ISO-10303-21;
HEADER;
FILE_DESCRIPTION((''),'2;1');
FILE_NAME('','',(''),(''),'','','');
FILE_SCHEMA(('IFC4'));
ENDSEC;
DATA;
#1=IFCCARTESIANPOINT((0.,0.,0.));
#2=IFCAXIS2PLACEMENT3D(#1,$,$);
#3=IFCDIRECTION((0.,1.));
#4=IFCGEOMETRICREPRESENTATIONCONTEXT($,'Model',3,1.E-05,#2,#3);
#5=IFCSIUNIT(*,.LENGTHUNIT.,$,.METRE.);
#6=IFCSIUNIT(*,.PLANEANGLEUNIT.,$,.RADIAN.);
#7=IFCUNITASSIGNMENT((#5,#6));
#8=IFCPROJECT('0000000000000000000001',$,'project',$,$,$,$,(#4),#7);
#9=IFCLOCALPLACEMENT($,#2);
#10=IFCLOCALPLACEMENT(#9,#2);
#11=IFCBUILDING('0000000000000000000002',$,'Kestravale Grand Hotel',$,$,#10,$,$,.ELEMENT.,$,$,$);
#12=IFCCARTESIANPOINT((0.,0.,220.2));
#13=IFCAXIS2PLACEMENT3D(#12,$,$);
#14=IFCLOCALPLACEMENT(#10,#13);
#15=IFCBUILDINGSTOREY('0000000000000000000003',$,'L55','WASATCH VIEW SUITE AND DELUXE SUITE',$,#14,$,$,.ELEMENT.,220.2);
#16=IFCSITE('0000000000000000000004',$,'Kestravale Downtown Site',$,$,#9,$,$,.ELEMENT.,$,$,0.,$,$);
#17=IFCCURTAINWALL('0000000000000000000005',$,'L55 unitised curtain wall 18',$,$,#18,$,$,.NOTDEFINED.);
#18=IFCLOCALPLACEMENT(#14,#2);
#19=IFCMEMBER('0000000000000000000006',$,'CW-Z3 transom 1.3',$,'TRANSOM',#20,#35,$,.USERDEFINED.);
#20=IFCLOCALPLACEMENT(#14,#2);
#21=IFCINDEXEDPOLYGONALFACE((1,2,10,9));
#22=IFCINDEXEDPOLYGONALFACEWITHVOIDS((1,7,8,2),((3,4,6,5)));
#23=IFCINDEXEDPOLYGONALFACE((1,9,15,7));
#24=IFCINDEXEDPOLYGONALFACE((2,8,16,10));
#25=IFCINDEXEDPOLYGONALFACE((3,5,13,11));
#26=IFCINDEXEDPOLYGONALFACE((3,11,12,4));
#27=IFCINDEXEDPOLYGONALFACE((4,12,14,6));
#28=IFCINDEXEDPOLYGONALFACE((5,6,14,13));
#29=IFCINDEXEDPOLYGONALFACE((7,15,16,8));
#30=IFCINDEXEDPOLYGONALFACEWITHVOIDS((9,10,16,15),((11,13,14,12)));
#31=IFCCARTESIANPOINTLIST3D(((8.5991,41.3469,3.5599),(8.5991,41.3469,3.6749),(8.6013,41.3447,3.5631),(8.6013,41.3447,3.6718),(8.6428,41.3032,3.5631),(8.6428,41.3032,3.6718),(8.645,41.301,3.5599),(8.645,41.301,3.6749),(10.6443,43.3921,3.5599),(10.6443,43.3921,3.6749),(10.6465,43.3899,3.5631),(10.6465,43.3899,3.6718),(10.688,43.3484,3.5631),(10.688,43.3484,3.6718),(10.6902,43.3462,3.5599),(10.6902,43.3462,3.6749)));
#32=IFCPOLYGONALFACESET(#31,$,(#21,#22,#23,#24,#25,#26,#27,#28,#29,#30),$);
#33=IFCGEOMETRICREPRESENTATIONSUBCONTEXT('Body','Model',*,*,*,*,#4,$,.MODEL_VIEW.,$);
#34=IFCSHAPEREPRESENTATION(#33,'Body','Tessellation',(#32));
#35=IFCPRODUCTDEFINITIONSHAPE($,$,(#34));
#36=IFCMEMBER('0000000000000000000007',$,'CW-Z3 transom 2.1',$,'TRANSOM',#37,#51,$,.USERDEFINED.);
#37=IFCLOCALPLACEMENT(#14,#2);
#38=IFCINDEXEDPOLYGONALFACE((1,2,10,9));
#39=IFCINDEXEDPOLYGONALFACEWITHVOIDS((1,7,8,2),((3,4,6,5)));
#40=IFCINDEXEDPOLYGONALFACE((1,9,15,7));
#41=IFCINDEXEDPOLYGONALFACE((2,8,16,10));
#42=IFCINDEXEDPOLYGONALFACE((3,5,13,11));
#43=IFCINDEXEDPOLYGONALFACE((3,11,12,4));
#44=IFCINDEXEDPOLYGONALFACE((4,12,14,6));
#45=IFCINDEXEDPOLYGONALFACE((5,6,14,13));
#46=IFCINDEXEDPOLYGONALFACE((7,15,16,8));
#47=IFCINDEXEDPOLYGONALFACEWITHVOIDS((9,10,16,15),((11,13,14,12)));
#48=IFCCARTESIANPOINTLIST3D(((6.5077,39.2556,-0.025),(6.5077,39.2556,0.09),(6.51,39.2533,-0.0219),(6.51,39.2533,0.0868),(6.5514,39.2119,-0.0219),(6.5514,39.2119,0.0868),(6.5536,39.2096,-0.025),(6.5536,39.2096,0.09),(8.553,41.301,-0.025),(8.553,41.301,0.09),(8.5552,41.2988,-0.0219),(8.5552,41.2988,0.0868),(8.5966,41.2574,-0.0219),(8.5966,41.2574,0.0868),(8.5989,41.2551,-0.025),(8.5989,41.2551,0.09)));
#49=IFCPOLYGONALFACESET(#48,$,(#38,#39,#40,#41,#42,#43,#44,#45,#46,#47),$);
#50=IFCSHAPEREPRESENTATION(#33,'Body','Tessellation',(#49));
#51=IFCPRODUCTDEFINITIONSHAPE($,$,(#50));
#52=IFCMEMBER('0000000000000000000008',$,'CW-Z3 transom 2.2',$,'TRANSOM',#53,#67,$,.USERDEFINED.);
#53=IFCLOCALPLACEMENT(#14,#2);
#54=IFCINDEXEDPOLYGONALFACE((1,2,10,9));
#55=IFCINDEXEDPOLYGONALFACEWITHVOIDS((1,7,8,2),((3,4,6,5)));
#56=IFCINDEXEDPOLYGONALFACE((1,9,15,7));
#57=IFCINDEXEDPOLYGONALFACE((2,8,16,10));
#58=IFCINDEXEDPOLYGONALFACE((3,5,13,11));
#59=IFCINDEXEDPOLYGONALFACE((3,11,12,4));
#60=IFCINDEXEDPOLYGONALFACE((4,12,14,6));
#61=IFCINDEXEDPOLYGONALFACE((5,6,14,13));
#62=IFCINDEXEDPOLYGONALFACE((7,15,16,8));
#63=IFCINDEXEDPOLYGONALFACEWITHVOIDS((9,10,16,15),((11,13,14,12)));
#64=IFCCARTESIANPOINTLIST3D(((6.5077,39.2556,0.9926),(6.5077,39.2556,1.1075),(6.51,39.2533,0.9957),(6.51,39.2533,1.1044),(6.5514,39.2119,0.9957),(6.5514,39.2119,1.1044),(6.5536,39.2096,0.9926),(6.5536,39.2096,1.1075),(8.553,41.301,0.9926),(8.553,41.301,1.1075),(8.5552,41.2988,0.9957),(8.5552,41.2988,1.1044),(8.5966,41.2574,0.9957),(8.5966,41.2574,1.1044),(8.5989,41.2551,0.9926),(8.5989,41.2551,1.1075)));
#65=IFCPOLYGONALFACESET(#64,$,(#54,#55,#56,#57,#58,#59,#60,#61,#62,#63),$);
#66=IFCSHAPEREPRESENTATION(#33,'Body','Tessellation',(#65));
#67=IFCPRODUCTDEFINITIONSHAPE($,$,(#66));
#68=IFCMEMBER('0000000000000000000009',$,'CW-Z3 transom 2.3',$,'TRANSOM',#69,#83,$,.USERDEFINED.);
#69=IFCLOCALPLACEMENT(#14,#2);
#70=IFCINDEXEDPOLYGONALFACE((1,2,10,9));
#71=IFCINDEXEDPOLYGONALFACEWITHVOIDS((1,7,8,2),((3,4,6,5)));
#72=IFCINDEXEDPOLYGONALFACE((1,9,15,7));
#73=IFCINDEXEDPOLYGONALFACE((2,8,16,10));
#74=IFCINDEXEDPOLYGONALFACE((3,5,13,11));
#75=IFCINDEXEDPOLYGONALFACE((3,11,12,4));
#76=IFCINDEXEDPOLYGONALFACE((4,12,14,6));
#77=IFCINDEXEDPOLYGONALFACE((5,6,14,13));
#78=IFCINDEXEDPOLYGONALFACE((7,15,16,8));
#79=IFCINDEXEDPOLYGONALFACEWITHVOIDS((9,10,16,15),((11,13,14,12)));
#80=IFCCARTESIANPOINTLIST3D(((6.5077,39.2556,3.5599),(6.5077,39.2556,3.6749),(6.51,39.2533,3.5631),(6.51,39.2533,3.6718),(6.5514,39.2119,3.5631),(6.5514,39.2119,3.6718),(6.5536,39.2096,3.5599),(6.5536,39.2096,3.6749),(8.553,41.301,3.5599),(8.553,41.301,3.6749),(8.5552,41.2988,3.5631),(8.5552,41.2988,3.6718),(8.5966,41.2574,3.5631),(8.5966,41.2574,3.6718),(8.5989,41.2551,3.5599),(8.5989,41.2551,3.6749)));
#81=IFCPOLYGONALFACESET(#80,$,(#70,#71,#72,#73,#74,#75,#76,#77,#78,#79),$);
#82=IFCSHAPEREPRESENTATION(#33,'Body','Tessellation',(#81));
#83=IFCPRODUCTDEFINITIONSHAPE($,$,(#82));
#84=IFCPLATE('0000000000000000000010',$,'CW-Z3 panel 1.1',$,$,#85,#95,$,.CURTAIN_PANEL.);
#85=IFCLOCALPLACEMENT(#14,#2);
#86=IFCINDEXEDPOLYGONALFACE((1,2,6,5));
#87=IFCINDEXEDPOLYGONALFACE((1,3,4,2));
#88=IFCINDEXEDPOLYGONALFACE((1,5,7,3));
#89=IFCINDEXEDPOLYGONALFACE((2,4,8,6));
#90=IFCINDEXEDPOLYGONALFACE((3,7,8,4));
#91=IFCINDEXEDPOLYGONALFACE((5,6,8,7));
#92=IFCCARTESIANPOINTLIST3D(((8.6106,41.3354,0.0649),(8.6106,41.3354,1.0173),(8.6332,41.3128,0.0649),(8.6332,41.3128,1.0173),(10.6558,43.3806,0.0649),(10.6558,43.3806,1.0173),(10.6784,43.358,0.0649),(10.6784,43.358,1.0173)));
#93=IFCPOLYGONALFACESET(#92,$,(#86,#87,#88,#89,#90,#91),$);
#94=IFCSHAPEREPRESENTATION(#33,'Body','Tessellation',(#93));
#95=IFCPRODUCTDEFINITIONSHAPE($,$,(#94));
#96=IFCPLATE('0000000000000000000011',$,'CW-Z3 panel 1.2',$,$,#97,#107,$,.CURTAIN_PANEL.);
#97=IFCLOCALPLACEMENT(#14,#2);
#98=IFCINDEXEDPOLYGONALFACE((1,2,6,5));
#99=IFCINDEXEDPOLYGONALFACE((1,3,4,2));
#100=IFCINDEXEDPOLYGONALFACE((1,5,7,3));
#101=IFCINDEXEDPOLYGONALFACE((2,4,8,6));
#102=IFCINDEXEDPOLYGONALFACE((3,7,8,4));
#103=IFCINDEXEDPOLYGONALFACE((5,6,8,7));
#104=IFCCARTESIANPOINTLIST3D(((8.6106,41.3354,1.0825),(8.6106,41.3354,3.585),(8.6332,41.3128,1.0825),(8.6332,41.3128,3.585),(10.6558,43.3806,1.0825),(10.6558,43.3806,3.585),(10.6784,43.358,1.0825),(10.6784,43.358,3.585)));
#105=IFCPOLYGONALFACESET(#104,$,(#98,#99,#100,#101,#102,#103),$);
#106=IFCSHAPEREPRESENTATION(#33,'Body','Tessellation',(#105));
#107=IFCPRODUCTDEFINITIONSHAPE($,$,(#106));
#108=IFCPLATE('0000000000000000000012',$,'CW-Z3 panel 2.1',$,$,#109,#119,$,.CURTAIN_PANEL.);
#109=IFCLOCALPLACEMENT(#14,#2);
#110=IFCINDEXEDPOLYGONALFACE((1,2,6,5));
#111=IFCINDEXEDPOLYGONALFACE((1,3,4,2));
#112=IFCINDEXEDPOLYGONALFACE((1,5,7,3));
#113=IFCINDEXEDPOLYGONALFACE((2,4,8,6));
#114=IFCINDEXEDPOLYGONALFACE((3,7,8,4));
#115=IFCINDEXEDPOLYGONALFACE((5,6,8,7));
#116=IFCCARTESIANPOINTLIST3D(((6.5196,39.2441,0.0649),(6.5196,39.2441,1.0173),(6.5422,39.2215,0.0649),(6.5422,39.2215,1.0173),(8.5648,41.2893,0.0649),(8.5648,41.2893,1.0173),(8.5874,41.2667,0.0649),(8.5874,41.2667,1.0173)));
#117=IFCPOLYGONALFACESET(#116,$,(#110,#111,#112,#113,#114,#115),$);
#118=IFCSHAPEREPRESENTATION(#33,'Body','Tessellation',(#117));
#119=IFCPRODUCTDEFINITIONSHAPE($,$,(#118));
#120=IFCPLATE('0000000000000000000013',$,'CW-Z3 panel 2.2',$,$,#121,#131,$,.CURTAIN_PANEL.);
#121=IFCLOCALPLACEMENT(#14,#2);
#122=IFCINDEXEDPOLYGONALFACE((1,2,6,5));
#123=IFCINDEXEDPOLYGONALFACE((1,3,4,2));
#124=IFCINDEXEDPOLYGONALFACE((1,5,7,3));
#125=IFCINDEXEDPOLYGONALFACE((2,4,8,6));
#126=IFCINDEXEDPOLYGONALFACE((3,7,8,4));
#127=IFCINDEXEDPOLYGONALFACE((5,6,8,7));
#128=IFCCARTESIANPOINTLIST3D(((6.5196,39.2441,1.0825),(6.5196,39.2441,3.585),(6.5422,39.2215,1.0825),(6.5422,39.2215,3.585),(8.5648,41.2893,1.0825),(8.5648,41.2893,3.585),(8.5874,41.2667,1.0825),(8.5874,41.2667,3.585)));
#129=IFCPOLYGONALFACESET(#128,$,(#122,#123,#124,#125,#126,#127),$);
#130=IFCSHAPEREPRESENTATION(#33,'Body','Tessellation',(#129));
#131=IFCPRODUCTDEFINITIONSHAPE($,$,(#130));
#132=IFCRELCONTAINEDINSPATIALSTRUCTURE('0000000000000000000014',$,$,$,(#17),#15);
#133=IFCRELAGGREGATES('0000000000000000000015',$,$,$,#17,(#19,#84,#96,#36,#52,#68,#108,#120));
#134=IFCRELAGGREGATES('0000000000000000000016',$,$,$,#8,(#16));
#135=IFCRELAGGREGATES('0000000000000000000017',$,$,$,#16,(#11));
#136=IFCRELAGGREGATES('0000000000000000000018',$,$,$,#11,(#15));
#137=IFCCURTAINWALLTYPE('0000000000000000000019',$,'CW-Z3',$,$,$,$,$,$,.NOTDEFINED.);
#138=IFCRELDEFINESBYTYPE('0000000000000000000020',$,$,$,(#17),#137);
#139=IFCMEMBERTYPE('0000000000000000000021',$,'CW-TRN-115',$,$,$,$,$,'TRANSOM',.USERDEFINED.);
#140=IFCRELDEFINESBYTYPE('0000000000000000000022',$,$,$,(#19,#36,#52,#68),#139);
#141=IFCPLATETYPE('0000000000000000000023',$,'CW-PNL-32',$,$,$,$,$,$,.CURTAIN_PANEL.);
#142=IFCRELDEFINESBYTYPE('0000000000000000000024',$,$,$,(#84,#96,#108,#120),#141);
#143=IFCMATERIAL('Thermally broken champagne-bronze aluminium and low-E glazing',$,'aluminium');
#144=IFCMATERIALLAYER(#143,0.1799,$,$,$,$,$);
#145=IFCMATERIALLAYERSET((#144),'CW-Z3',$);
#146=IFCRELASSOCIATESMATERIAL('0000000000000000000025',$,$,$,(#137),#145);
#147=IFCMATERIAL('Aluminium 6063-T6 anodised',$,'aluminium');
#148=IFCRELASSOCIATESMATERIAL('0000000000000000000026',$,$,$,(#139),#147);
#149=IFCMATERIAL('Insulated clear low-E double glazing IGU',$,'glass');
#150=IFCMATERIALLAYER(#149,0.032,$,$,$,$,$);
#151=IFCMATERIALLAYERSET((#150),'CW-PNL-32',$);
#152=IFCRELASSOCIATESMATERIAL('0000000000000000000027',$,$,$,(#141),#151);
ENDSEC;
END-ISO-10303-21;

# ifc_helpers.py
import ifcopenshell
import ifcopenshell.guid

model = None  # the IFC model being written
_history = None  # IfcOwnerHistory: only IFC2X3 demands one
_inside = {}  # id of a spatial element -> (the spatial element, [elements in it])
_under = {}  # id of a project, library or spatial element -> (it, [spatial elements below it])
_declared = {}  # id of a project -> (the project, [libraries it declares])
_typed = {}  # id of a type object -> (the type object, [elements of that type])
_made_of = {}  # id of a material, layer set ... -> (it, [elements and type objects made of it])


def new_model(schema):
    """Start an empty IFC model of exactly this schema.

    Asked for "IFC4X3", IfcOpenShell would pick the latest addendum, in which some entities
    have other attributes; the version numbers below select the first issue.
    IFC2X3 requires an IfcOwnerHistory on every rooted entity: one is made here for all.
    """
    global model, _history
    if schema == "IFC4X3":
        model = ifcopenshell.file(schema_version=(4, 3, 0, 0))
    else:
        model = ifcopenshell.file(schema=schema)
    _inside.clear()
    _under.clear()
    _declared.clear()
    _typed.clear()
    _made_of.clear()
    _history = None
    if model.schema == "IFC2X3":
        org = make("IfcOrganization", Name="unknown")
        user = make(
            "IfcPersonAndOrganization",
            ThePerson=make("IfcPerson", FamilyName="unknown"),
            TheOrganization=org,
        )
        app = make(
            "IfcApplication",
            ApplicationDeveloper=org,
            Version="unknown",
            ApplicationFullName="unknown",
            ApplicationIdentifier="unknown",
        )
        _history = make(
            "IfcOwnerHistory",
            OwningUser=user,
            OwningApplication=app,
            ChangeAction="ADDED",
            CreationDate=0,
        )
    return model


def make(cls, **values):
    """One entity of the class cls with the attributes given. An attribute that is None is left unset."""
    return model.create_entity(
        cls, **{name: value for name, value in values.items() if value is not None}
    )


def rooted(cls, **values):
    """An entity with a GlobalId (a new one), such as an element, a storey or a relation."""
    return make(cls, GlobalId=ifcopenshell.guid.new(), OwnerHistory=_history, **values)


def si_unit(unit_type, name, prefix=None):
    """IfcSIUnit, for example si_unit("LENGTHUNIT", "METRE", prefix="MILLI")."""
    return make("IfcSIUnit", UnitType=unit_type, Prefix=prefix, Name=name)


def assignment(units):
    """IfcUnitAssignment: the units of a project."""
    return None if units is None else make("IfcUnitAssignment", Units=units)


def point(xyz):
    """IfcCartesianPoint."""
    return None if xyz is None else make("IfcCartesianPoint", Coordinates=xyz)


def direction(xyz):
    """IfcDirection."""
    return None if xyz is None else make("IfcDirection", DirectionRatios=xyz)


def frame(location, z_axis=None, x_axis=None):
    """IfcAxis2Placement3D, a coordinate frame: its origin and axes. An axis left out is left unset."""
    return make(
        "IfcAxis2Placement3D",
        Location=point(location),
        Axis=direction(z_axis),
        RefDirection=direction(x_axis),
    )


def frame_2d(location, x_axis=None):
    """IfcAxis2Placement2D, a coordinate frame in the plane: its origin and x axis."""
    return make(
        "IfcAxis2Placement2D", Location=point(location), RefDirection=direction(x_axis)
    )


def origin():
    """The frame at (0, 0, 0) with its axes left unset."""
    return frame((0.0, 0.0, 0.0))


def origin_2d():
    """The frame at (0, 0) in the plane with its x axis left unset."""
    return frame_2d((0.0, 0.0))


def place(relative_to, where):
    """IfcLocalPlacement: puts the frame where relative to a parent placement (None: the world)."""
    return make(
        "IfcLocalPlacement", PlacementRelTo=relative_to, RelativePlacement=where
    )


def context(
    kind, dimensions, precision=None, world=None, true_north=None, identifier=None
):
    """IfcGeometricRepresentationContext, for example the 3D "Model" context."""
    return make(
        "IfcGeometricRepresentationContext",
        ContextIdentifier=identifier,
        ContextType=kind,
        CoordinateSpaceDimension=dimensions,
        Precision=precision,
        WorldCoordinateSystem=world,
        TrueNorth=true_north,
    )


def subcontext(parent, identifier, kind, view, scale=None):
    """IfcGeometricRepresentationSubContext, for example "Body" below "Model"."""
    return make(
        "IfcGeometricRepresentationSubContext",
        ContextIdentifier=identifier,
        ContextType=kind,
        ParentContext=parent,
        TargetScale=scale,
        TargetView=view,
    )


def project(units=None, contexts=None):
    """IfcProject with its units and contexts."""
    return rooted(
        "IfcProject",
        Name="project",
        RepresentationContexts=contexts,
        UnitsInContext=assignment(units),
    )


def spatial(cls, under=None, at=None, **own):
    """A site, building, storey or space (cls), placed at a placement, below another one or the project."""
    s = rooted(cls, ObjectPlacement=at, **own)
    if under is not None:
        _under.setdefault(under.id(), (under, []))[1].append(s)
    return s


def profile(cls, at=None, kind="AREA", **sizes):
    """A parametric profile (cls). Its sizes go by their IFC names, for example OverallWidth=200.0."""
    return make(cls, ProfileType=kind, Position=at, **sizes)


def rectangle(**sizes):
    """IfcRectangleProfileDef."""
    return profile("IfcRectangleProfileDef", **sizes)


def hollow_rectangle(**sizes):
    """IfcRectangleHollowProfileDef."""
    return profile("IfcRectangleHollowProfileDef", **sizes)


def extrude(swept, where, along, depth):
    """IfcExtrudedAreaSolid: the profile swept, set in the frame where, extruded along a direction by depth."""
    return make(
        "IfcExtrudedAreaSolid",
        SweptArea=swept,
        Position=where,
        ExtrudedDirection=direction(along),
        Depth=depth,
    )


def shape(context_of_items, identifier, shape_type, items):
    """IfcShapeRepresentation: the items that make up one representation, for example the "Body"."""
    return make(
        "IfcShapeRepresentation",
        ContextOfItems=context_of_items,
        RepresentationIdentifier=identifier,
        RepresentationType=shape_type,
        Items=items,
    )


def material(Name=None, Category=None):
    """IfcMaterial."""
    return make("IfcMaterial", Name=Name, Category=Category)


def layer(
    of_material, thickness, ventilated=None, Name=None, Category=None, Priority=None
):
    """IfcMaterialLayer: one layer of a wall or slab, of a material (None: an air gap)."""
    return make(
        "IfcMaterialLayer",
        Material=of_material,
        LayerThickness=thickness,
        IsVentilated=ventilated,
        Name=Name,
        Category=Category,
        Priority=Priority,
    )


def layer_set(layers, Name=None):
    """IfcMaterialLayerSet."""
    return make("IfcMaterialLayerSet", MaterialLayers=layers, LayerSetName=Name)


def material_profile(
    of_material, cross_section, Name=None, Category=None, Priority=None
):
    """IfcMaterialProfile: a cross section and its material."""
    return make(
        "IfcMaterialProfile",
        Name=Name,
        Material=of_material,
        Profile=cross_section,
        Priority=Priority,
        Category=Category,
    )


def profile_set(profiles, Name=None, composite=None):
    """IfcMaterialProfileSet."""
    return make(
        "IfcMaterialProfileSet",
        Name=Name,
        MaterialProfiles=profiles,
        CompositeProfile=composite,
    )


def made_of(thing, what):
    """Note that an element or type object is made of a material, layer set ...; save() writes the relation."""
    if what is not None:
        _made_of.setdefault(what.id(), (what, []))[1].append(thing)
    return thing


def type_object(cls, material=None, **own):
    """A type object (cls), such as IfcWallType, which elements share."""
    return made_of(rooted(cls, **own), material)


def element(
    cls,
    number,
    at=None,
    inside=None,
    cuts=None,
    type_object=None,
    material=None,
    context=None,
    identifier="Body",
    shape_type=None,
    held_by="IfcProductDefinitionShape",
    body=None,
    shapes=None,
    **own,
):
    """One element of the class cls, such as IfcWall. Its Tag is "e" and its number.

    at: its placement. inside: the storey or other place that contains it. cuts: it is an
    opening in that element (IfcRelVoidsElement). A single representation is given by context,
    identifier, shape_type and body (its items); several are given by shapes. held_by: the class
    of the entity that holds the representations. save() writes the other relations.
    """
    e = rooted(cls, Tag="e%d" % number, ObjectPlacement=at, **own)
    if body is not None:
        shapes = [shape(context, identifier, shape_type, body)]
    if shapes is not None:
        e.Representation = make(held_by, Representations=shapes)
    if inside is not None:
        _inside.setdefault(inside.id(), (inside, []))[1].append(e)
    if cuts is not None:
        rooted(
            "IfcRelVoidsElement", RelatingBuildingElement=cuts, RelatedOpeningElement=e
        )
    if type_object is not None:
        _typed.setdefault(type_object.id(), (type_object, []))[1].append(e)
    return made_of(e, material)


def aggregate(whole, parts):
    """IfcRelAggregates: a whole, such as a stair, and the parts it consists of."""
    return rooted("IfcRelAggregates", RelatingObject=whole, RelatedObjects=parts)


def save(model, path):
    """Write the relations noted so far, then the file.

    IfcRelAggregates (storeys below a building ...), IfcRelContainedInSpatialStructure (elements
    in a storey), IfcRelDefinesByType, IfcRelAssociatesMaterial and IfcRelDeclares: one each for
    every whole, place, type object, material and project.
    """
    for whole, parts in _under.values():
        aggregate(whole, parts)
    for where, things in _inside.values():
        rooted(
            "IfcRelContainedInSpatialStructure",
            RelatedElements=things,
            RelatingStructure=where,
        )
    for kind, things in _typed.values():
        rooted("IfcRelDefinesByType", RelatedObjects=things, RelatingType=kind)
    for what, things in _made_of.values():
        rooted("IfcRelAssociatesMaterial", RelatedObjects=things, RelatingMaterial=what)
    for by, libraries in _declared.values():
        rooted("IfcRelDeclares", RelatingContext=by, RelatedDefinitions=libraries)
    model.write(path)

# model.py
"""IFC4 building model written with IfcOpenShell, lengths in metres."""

from ifc_helpers import new_model, si_unit, direction, frame, origin, origin_2d, place, context, subcontext, project, spatial, rectangle, hollow_rectangle, extrude, material, layer, layer_set, material_profile, profile_set, type_object, element, aggregate, save


model = new_model("IFC4")

# Units and contexts
model_context = context("Model", 3, precision=1e-05, world=origin(), true_north=direction((0.0, 1.0)))
body_context = subcontext(model_context, "Body", "Model", "MODEL_VIEW")
ifc_project = project(units=[si_unit("LENGTHUNIT", "METRE"), si_unit("PLANEANGLEUNIT", "RADIAN")], contexts=[model_context])

# Site, building, storey
site_placement = place(None, origin())
site = spatial("IfcSite", under=ifc_project, at=site_placement, Name="Kestravale Downtown Site", CompositionType="ELEMENT", RefElevation=0.0)
building_placement = place(site_placement, origin())
building = spatial("IfcBuilding", under=site, at=building_placement, Name="Kestravale Grand Hotel", CompositionType="ELEMENT")
storey_placement = place(building_placement, frame((0.0, 0.0, 220.2)))
storey = spatial("IfcBuildingStorey", under=building, at=storey_placement, Name="L55", Description="WASATCH VIEW SUITE AND DELUXE SUITE", CompositionType="ELEMENT", Elevation=220.2)

# Curtain wall, members, plates
ifc_material_1 = material(Name="Thermally broken champagne-bronze aluminium and low-E glazing", Category="aluminium")
ifc_layer_1 = layer(ifc_material_1, 0.1799)
ifc_layer_set_1 = layer_set([ifc_layer_1], Name="CW-Z3")
curtain_wall_type = type_object("IfcCurtainWallType", Name="CW-Z3", PredefinedType="NOTDEFINED", material=ifc_layer_set_1)
curtain_wall_placement = place(storey_placement, origin())
curtain_wall = element("IfcCurtainWall", 1, at=curtain_wall_placement, inside=storey, type_object=curtain_wall_type, Name="L55 unitised curtain wall 18", PredefinedType="NOTDEFINED")
ifc_material_2 = material(Name="Aluminium 6063-T6 anodised", Category="aluminium")
ifc_material_profile_1 = material_profile(ifc_material_2, hollow_rectangle(XDim=0.0649, YDim=0.115, WallThickness=0.0032, at=origin_2d()))
ifc_profile_set_1 = profile_set([ifc_material_profile_1], Name="Aluminium 6063-T6 anodised")
member_type_1 = type_object("IfcMemberType", Name="CW-TRN-115", ElementType="TRANSOM", PredefinedType="USERDEFINED", material=ifc_profile_set_1)
member_1_placement = place(storey_placement, frame((10.6672, 43.3691, 3.6174), z_axis=(-0.707107, -0.707107, 0.0), x_axis=(0.707107, -0.707107, 0.0)))
member_1 = element("IfcMember", 2, at=member_1_placement, type_object=member_type_1, Name="CW-Z3 transom 1.3", ObjectType="TRANSOM", PredefinedType="USERDEFINED", context=body_context, shape_type="SweptSolid", body=[
    extrude(hollow_rectangle(XDim=0.0649, YDim=0.115, WallThickness=0.0032, at=origin_2d()), origin(), (0.0, 0.0, 1.0), 2.8923),
])
member_2_placement = place(storey_placement, frame((8.5759, 41.2781, 0.0325), z_axis=(-0.707065, -0.707149, 0.0), x_axis=(0.707149, -0.707065, 0.0)))
member_2 = element("IfcMember", 3, at=member_2_placement, type_object=member_type_1, Name="CW-Z3 transom 2.1", ObjectType="TRANSOM", PredefinedType="USERDEFINED", context=body_context, shape_type="SweptSolid", body=[
    extrude(hollow_rectangle(XDim=0.0649, YDim=0.115, WallThickness=0.0032, at=origin_2d()), origin(), (0.0, 0.0, 1.0), 2.8926),
])
member_3_placement = place(storey_placement, frame((8.5759, 41.2781, 1.05), z_axis=(-0.707065, -0.707149, 0.0), x_axis=(0.707149, -0.707065, 0.0)))
member_3 = element("IfcMember", 4, at=member_3_placement, type_object=member_type_1, Name="CW-Z3 transom 2.2", ObjectType="TRANSOM", PredefinedType="USERDEFINED", context=body_context, shape_type="SweptSolid", body=[
    extrude(hollow_rectangle(XDim=0.0649, YDim=0.115, WallThickness=0.0032, at=origin_2d()), origin(), (0.0, 0.0, 1.0), 2.8926),
])
member_4_placement = place(storey_placement, frame((8.5759, 41.2781, 3.6174), z_axis=(-0.707065, -0.707149, 0.0), x_axis=(0.707149, -0.707065, 0.0)))
member_4 = element("IfcMember", 5, at=member_4_placement, type_object=member_type_1, Name="CW-Z3 transom 2.3", ObjectType="TRANSOM", PredefinedType="USERDEFINED", context=body_context, shape_type="SweptSolid", body=[
    extrude(hollow_rectangle(XDim=0.0649, YDim=0.115, WallThickness=0.0032, at=origin_2d()), origin(), (0.0, 0.0, 1.0), 2.8926),
])
ifc_material_3 = material(Name="Insulated clear low-E double glazing IGU", Category="glass")
ifc_layer_2 = layer(ifc_material_3, 0.032)
ifc_layer_set_2 = layer_set([ifc_layer_2], Name="CW-PNL-32")
plate_type = type_object("IfcPlateType", Name="CW-PNL-32", PredefinedType="CURTAIN_PANEL", material=ifc_layer_set_2)
plate_1_placement = place(storey_placement, frame((9.6445, 42.3467, 0.0649), z_axis=(0.0, 0.0, 1.0), x_axis=(-0.707107, -0.707107, 0.0)))
plate_1 = element("IfcPlate", 6, at=plate_1_placement, type_object=plate_type, Name="CW-Z3 panel 1.1", PredefinedType="CURTAIN_PANEL", context=body_context, shape_type="SweptSolid", body=[
    extrude(rectangle(XDim=2.8923, YDim=0.032, at=origin_2d()), origin(), (0.0, 0.0, 1.0), 0.9524),
])
plate_2_placement = place(storey_placement, frame((9.6445, 42.3467, 1.0825), z_axis=(0.0, 0.0, 1.0), x_axis=(-0.707107, -0.707107, 0.0)))
plate_2 = element("IfcPlate", 7, at=plate_2_placement, type_object=plate_type, Name="CW-Z3 panel 1.2", PredefinedType="CURTAIN_PANEL", context=body_context, shape_type="SweptSolid", body=[
    extrude(rectangle(XDim=2.8923, YDim=0.032, at=origin_2d()), origin(), (0.0, 0.0, 1.0), 2.5024),
])
plate_3_placement = place(storey_placement, frame((7.5535, 40.2554, 0.0649), z_axis=(0.0, 0.0, 1.0), x_axis=(-0.707107, -0.707107, 0.0)))
plate_3 = element("IfcPlate", 8, at=plate_3_placement, type_object=plate_type, Name="CW-Z3 panel 2.1", PredefinedType="CURTAIN_PANEL", context=body_context, shape_type="SweptSolid", body=[
    extrude(rectangle(XDim=2.8923, YDim=0.032, at=origin_2d()), origin(), (0.0, 0.0, 1.0), 0.9524),
])
plate_4_placement = place(storey_placement, frame((7.5535, 40.2554, 1.0825), z_axis=(0.0, 0.0, 1.0), x_axis=(-0.707107, -0.707107, 0.0)))
plate_4 = element("IfcPlate", 9, at=plate_4_placement, type_object=plate_type, Name="CW-Z3 panel 2.2", PredefinedType="CURTAIN_PANEL", context=body_context, shape_type="SweptSolid", body=[
    extrude(rectangle(XDim=2.8923, YDim=0.032, at=origin_2d()), origin(), (0.0, 0.0, 1.0), 2.5024),
])
aggregate(curtain_wall, [member_1, plate_1, plate_2, member_2, member_3, member_4, plate_3, plate_4])

save(model, "model.ifc")
